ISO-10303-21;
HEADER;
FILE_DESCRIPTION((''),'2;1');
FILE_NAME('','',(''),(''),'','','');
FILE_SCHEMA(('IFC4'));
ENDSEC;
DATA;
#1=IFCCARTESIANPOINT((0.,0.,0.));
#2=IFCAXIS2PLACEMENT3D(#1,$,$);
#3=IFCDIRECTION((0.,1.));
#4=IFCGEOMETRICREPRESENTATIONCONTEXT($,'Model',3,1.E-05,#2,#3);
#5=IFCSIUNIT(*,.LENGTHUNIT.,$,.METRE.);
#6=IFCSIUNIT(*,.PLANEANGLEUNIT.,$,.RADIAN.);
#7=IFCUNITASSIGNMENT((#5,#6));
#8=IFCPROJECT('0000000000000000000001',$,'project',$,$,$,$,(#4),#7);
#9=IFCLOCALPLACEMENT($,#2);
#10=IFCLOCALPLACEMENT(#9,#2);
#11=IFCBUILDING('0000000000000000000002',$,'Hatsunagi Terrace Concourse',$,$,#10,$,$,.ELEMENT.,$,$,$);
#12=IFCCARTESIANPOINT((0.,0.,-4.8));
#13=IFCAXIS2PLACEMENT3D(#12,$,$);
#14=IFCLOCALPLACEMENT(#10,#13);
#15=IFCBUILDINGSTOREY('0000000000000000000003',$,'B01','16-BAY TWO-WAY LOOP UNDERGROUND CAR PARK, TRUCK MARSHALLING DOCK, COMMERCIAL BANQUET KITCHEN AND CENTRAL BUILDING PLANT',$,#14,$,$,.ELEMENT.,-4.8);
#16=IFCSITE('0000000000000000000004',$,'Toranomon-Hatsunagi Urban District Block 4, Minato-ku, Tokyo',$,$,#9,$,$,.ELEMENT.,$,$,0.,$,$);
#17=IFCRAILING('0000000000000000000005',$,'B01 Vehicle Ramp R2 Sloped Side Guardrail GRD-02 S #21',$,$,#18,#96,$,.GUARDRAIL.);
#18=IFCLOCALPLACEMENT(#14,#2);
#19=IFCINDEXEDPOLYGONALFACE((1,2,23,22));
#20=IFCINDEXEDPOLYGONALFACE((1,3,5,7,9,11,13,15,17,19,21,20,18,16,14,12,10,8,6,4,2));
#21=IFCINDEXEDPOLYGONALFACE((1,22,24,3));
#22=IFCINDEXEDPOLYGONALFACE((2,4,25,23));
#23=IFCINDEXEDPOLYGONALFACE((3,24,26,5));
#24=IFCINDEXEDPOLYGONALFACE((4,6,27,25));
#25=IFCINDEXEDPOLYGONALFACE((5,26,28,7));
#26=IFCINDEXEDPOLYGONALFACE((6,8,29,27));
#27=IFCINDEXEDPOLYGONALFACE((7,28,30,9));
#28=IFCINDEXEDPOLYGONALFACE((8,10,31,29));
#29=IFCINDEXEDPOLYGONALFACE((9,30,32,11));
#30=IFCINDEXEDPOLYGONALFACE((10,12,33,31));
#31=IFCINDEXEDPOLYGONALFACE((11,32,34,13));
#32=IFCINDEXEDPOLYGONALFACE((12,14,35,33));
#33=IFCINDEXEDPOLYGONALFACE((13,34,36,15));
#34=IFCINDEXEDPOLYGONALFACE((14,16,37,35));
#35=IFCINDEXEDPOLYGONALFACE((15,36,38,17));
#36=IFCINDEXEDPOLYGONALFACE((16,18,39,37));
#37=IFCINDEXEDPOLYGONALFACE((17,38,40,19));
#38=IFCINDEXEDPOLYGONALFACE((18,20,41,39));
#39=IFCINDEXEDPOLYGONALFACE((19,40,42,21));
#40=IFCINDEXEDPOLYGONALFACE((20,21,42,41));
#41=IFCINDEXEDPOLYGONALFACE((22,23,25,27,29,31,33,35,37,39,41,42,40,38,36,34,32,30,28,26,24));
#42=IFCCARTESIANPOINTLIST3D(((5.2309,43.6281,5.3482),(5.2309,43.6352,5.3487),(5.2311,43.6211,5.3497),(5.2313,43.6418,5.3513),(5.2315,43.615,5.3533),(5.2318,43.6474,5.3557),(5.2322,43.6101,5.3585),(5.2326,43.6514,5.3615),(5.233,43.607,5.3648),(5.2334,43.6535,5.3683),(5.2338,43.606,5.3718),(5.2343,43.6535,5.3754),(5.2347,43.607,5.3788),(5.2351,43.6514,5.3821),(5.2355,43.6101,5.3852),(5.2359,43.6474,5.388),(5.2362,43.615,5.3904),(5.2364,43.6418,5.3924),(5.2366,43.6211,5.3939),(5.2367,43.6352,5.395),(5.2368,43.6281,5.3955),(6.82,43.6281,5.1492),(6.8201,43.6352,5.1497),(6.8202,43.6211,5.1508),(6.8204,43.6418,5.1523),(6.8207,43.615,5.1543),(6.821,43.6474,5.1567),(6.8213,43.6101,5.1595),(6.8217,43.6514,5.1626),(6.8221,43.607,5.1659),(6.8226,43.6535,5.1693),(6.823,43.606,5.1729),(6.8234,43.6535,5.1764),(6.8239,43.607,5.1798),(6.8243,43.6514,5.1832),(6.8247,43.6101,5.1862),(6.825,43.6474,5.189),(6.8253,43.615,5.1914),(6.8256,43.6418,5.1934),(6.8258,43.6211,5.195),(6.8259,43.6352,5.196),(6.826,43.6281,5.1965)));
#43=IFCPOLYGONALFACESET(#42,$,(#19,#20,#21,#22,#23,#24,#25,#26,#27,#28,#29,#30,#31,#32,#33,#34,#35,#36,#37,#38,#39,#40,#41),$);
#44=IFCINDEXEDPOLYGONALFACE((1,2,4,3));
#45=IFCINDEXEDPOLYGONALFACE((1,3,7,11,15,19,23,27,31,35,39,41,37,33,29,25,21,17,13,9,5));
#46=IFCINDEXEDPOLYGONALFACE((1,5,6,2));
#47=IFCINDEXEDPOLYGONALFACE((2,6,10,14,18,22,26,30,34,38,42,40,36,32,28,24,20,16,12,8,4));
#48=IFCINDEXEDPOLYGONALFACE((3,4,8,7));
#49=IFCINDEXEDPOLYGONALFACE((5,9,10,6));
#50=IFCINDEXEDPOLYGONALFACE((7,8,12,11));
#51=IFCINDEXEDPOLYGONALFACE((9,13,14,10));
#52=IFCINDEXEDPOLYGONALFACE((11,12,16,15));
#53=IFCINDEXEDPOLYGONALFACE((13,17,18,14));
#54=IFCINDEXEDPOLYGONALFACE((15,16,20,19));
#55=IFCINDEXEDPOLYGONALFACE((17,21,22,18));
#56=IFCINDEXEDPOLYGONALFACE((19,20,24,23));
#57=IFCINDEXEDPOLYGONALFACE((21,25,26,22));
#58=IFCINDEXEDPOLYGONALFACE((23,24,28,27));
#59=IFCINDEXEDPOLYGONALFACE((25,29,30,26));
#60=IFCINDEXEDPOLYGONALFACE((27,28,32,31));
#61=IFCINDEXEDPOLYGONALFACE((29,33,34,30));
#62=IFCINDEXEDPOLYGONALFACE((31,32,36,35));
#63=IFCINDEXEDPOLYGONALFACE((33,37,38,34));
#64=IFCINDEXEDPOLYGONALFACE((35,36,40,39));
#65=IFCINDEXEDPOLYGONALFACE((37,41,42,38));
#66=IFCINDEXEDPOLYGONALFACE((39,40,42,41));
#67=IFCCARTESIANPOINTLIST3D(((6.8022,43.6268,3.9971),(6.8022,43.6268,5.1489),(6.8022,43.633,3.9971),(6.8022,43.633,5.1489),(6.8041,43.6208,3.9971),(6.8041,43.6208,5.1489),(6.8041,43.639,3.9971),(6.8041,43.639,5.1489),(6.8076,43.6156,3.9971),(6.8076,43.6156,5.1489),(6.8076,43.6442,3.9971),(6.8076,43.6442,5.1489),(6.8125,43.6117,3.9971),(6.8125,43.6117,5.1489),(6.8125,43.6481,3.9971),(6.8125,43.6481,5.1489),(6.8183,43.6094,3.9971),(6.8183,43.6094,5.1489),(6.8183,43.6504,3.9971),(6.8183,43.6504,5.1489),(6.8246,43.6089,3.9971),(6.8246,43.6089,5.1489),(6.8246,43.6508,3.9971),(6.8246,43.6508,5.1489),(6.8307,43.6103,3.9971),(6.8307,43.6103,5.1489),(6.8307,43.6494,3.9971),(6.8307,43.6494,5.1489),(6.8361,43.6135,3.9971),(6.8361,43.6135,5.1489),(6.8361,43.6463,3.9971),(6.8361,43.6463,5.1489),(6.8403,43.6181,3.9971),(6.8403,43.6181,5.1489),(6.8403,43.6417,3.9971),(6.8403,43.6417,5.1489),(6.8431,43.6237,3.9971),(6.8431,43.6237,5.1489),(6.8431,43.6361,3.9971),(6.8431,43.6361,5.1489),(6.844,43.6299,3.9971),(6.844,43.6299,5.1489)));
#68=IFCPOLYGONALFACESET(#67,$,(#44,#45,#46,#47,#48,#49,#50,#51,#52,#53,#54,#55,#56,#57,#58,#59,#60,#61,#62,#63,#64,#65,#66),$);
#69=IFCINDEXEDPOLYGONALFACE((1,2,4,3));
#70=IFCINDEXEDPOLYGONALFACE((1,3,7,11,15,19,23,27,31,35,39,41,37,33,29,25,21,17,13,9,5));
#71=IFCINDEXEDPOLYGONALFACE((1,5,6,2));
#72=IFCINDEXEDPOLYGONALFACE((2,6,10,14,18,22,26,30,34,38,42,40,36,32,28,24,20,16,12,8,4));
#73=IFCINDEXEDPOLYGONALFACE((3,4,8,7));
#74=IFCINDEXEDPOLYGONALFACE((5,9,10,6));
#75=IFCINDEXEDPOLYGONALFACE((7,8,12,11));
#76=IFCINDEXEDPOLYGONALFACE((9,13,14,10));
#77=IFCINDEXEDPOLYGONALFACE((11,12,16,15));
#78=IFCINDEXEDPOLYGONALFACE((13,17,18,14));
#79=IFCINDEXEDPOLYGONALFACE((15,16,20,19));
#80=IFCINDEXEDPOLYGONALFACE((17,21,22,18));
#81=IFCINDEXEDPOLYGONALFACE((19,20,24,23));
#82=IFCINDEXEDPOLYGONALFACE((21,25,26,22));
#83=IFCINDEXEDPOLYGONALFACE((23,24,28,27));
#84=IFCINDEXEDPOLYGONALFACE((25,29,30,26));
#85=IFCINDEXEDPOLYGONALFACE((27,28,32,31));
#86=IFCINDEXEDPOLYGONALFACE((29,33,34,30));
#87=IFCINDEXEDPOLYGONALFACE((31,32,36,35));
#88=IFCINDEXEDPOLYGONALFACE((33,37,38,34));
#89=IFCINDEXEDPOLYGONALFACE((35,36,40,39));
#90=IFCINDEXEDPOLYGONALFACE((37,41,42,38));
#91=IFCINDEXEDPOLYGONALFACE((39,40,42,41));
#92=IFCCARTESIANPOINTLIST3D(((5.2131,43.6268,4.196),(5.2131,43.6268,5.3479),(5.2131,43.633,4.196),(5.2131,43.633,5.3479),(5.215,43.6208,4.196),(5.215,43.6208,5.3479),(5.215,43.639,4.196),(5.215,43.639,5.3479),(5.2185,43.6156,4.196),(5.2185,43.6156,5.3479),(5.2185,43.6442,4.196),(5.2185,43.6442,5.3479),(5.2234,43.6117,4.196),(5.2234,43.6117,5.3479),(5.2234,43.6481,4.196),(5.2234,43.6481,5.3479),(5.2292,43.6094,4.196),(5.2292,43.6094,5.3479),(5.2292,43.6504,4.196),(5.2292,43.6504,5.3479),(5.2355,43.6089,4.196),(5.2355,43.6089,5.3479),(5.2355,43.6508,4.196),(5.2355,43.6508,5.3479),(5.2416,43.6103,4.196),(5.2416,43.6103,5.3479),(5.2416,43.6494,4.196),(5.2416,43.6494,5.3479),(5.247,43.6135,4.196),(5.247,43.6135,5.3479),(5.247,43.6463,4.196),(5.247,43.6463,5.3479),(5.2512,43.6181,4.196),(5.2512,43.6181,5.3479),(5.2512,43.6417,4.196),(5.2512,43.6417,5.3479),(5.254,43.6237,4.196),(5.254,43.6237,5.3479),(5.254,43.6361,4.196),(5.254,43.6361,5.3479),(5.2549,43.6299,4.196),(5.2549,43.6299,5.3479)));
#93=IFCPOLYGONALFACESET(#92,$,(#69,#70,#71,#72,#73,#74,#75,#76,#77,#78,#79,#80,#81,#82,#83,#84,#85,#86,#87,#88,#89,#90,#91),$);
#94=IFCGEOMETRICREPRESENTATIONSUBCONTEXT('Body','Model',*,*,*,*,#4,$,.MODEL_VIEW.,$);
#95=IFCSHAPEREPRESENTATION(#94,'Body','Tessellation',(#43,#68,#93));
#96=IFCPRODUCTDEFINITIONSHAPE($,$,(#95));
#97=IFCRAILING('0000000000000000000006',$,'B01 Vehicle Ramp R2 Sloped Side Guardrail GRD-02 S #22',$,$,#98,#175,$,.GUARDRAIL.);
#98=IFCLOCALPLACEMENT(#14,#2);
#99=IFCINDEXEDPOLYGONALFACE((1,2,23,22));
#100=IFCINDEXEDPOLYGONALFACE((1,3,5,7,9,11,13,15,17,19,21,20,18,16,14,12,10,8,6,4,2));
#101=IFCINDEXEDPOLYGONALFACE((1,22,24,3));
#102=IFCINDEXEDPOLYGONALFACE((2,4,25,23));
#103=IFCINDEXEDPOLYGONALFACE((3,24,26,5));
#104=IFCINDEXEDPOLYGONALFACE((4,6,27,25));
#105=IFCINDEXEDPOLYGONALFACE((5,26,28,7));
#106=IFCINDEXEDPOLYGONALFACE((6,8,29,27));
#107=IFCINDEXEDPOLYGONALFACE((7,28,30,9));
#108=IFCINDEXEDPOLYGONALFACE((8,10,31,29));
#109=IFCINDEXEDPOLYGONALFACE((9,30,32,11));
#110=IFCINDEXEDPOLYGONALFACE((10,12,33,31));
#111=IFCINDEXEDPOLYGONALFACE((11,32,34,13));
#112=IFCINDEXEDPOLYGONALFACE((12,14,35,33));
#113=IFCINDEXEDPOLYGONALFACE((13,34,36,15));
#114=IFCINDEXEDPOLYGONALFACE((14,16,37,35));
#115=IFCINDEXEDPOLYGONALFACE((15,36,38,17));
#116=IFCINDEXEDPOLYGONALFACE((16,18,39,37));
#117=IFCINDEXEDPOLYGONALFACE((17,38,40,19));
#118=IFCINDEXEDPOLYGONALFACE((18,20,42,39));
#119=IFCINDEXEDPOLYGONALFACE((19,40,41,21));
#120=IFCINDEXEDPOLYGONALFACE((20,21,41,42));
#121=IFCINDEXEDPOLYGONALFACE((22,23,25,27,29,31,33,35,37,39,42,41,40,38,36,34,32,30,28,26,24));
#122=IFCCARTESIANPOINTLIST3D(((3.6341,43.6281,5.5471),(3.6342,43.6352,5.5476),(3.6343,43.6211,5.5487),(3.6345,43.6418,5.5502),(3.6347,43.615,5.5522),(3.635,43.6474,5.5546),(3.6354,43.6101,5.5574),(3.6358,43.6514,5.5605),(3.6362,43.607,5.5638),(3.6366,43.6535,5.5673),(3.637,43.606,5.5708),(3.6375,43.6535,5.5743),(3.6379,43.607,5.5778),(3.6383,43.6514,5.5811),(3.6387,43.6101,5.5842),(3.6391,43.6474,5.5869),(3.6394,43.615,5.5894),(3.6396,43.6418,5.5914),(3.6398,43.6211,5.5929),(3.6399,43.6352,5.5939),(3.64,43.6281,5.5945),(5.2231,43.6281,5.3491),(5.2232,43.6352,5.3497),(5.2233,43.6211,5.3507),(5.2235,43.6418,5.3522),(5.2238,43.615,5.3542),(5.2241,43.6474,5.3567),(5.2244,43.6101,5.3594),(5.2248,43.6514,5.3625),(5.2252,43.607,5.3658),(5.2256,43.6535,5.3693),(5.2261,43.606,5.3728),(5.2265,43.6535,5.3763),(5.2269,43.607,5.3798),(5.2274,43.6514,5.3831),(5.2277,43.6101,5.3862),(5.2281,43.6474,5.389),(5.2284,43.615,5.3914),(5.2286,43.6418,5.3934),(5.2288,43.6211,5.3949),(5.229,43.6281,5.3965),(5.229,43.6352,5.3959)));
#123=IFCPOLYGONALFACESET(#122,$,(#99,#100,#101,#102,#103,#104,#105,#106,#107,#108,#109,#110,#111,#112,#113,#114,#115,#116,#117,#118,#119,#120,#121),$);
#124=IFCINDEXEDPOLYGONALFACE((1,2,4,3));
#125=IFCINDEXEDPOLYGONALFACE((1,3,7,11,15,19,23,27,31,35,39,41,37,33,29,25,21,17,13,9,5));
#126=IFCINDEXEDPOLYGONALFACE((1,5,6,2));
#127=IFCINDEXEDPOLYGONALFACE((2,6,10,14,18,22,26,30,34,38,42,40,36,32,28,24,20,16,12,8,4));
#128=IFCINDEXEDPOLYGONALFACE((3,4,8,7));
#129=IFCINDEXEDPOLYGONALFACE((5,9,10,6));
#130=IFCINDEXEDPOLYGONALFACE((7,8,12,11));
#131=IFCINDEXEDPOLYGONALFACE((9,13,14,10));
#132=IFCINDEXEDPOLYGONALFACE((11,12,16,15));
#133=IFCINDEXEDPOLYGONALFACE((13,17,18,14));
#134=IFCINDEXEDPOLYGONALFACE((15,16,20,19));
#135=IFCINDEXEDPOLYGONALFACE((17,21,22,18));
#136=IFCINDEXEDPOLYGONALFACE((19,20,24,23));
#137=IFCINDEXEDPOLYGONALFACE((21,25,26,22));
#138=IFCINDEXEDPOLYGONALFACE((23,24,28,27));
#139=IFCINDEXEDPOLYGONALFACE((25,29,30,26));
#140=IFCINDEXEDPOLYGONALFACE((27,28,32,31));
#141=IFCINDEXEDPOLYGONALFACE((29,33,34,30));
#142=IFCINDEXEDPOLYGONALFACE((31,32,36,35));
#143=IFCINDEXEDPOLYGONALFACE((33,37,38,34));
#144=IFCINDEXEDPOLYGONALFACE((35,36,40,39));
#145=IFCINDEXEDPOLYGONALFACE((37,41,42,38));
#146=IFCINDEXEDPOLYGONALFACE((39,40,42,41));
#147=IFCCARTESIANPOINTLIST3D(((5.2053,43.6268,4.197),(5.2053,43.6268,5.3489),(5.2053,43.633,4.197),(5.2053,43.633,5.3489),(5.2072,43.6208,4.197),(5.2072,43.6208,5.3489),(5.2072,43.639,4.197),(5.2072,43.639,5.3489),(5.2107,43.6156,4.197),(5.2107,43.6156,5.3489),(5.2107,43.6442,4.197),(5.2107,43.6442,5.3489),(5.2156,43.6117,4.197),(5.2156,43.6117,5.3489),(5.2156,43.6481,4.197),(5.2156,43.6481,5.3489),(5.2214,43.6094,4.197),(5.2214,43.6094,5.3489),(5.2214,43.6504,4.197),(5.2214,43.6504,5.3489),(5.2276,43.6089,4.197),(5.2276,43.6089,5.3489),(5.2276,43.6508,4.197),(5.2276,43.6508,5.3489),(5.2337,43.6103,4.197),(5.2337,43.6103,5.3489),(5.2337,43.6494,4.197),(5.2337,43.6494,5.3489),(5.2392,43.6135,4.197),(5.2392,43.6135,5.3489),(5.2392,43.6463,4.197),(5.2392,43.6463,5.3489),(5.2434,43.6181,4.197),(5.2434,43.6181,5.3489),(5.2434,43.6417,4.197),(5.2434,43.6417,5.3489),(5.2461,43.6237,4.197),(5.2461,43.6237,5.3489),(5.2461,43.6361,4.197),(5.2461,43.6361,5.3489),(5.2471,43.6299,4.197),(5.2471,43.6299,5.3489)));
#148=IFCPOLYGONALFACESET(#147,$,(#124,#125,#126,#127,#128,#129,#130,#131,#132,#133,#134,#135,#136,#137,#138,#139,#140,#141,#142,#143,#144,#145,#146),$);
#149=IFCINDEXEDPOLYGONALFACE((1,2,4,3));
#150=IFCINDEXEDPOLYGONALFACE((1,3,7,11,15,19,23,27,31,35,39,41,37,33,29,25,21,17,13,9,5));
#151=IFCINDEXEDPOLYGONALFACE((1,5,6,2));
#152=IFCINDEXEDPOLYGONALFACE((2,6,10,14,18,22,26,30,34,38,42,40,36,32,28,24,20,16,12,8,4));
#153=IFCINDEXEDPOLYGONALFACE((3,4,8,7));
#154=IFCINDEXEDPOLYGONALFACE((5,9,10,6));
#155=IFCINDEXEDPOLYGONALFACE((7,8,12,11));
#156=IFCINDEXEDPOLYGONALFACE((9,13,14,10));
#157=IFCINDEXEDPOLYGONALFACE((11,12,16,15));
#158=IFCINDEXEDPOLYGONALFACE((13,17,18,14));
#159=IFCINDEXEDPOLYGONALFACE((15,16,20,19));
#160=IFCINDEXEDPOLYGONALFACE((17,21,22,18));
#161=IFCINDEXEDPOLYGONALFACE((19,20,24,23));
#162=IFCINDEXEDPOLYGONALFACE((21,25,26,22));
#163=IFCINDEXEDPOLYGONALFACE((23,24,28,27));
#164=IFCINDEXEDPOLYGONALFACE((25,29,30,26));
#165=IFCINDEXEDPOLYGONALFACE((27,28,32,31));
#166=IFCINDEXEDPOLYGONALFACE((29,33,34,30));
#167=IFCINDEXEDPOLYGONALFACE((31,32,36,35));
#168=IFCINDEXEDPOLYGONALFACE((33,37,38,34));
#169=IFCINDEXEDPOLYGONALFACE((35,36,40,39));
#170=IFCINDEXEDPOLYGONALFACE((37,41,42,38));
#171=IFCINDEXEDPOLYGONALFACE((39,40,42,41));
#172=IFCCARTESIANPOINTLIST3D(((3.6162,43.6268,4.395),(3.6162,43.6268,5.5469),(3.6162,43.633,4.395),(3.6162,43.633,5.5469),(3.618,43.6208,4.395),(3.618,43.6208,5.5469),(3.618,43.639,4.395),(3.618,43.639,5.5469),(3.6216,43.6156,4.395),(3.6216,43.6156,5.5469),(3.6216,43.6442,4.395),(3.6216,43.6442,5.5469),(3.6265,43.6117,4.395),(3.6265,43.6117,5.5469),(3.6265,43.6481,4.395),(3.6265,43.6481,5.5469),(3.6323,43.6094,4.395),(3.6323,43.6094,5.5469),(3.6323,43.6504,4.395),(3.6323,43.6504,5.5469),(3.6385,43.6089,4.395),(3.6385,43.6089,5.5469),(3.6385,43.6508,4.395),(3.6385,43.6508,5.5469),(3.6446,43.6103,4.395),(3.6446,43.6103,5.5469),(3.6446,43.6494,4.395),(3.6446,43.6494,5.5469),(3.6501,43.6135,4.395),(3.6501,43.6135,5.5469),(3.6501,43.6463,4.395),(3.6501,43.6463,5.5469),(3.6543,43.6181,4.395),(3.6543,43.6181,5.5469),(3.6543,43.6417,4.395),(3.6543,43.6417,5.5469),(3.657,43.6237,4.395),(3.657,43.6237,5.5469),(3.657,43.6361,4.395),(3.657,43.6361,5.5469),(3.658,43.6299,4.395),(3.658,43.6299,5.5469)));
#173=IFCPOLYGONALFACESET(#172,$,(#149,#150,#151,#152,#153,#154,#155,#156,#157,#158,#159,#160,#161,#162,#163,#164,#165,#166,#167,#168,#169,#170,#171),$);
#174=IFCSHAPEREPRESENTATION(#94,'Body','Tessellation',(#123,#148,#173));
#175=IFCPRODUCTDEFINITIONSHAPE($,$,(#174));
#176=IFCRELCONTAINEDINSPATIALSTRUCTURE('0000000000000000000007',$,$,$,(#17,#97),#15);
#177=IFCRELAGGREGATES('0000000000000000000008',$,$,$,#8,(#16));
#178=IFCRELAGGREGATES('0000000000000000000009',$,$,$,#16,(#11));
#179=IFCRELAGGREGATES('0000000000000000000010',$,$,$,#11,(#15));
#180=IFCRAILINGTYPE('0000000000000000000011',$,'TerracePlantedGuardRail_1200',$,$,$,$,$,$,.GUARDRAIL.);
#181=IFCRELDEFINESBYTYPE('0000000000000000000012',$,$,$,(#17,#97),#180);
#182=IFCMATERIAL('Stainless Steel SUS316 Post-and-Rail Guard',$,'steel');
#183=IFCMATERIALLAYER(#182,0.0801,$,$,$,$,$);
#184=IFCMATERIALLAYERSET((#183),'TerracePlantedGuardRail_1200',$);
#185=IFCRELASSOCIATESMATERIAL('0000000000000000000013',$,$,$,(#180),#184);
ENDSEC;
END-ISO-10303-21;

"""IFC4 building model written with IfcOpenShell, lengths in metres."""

from ifc_helpers import new_model, si_unit, direction, frame, origin, origin_2d, place, context, subcontext, project, spatial, circle, extrude, material, layer, layer_set, type_object, element, save


model = new_model("IFC4")

# Units and contexts
model_context = context("Model", 3, precision=1e-05, world=origin(), true_north=direction((0.0, 1.0)))
body_context = subcontext(model_context, "Body", "Model", "MODEL_VIEW")
ifc_project = project(units=[si_unit("LENGTHUNIT", "METRE"), si_unit("PLANEANGLEUNIT", "RADIAN")], contexts=[model_context])

# Site, building, storey
site_placement = place(None, origin())
site = spatial("IfcSite", under=ifc_project, at=site_placement, Name="Toranomon-Hatsunagi Urban District Block 4, Minato-ku, Tokyo", CompositionType="ELEMENT", RefElevation=0.0)
building_placement = place(site_placement, origin())
building = spatial("IfcBuilding", under=site, at=building_placement, Name="Hatsunagi Terrace Concourse", CompositionType="ELEMENT")
storey_placement = place(building_placement, frame((0.0, 0.0, -4.8)))
storey = spatial("IfcBuildingStorey", under=building, at=storey_placement, Name="B01", Description="16-BAY TWO-WAY LOOP UNDERGROUND CAR PARK, TRUCK MARSHALLING DOCK, COMMERCIAL BANQUET KITCHEN AND CENTRAL BUILDING PLANT", CompositionType="ELEMENT", Elevation=-4.8)

# Railings
ifc_material_1 = material(Name="Stainless Steel SUS316 Post-and-Rail Guard", Category="steel")
ifc_layer_1 = layer(ifc_material_1, 0.0801)
ifc_layer_set_1 = layer_set([ifc_layer_1], Name="TerracePlantedGuardRail_1200")
railing_type = type_object("IfcRailingType", Name="TerracePlantedGuardRail_1200", PredefinedType="GUARDRAIL", material=ifc_layer_set_1)
railing_1_placement = place(storey_placement, frame((6.823, 43.6299, 3.9971)))
element("IfcRailing", 1, at=railing_1_placement, inside=storey, type_object=railing_type, Name="B01 Vehicle Ramp R2 Sloped Side Guardrail GRD-02 S #21", PredefinedType="GUARDRAIL", context=body_context, shape_type="SweptSolid", body=[
    extrude(circle(Radius=0.0239, at=origin_2d()), frame((0.0, 0.0, 1.1758), z_axis=(-0.992252, 0.0, 0.124241), x_axis=(0.0, -1.0, 0.0)), (0.0, 0.0, 1.0), 1.6016),
    extrude(circle(Radius=0.021, at=origin_2d()), origin(), (0.0, 0.0, 1.0), 1.1519),
    extrude(circle(Radius=0.021, at=origin_2d()), frame((-1.5891, 0.0, 0.199)), (0.0, 0.0, 1.0), 1.1519),
])
railing_2_placement = place(storey_placement, frame((5.2261, 43.6299, 4.197)))
element("IfcRailing", 2, at=railing_2_placement, inside=storey, type_object=railing_type, Name="B01 Vehicle Ramp R2 Sloped Side Guardrail GRD-02 S #22", PredefinedType="GUARDRAIL", context=body_context, shape_type="SweptSolid", body=[
    extrude(circle(Radius=0.0239, at=origin_2d()), frame((0.0, 0.0, 1.1758), z_axis=(-0.992327, 0.0, 0.123641), x_axis=(0.0, -1.0, 0.0)), (0.0, 0.0, 1.0), 1.6013),
    extrude(circle(Radius=0.021, at=origin_2d()), origin(), (0.0, 0.0, 1.0), 1.1519),
    extrude(circle(Radius=0.021, at=origin_2d()), frame((-1.5891, 0.0, 0.198)), (0.0, 0.0, 1.0), 1.1519),
])

save(model, "model.ifc")
